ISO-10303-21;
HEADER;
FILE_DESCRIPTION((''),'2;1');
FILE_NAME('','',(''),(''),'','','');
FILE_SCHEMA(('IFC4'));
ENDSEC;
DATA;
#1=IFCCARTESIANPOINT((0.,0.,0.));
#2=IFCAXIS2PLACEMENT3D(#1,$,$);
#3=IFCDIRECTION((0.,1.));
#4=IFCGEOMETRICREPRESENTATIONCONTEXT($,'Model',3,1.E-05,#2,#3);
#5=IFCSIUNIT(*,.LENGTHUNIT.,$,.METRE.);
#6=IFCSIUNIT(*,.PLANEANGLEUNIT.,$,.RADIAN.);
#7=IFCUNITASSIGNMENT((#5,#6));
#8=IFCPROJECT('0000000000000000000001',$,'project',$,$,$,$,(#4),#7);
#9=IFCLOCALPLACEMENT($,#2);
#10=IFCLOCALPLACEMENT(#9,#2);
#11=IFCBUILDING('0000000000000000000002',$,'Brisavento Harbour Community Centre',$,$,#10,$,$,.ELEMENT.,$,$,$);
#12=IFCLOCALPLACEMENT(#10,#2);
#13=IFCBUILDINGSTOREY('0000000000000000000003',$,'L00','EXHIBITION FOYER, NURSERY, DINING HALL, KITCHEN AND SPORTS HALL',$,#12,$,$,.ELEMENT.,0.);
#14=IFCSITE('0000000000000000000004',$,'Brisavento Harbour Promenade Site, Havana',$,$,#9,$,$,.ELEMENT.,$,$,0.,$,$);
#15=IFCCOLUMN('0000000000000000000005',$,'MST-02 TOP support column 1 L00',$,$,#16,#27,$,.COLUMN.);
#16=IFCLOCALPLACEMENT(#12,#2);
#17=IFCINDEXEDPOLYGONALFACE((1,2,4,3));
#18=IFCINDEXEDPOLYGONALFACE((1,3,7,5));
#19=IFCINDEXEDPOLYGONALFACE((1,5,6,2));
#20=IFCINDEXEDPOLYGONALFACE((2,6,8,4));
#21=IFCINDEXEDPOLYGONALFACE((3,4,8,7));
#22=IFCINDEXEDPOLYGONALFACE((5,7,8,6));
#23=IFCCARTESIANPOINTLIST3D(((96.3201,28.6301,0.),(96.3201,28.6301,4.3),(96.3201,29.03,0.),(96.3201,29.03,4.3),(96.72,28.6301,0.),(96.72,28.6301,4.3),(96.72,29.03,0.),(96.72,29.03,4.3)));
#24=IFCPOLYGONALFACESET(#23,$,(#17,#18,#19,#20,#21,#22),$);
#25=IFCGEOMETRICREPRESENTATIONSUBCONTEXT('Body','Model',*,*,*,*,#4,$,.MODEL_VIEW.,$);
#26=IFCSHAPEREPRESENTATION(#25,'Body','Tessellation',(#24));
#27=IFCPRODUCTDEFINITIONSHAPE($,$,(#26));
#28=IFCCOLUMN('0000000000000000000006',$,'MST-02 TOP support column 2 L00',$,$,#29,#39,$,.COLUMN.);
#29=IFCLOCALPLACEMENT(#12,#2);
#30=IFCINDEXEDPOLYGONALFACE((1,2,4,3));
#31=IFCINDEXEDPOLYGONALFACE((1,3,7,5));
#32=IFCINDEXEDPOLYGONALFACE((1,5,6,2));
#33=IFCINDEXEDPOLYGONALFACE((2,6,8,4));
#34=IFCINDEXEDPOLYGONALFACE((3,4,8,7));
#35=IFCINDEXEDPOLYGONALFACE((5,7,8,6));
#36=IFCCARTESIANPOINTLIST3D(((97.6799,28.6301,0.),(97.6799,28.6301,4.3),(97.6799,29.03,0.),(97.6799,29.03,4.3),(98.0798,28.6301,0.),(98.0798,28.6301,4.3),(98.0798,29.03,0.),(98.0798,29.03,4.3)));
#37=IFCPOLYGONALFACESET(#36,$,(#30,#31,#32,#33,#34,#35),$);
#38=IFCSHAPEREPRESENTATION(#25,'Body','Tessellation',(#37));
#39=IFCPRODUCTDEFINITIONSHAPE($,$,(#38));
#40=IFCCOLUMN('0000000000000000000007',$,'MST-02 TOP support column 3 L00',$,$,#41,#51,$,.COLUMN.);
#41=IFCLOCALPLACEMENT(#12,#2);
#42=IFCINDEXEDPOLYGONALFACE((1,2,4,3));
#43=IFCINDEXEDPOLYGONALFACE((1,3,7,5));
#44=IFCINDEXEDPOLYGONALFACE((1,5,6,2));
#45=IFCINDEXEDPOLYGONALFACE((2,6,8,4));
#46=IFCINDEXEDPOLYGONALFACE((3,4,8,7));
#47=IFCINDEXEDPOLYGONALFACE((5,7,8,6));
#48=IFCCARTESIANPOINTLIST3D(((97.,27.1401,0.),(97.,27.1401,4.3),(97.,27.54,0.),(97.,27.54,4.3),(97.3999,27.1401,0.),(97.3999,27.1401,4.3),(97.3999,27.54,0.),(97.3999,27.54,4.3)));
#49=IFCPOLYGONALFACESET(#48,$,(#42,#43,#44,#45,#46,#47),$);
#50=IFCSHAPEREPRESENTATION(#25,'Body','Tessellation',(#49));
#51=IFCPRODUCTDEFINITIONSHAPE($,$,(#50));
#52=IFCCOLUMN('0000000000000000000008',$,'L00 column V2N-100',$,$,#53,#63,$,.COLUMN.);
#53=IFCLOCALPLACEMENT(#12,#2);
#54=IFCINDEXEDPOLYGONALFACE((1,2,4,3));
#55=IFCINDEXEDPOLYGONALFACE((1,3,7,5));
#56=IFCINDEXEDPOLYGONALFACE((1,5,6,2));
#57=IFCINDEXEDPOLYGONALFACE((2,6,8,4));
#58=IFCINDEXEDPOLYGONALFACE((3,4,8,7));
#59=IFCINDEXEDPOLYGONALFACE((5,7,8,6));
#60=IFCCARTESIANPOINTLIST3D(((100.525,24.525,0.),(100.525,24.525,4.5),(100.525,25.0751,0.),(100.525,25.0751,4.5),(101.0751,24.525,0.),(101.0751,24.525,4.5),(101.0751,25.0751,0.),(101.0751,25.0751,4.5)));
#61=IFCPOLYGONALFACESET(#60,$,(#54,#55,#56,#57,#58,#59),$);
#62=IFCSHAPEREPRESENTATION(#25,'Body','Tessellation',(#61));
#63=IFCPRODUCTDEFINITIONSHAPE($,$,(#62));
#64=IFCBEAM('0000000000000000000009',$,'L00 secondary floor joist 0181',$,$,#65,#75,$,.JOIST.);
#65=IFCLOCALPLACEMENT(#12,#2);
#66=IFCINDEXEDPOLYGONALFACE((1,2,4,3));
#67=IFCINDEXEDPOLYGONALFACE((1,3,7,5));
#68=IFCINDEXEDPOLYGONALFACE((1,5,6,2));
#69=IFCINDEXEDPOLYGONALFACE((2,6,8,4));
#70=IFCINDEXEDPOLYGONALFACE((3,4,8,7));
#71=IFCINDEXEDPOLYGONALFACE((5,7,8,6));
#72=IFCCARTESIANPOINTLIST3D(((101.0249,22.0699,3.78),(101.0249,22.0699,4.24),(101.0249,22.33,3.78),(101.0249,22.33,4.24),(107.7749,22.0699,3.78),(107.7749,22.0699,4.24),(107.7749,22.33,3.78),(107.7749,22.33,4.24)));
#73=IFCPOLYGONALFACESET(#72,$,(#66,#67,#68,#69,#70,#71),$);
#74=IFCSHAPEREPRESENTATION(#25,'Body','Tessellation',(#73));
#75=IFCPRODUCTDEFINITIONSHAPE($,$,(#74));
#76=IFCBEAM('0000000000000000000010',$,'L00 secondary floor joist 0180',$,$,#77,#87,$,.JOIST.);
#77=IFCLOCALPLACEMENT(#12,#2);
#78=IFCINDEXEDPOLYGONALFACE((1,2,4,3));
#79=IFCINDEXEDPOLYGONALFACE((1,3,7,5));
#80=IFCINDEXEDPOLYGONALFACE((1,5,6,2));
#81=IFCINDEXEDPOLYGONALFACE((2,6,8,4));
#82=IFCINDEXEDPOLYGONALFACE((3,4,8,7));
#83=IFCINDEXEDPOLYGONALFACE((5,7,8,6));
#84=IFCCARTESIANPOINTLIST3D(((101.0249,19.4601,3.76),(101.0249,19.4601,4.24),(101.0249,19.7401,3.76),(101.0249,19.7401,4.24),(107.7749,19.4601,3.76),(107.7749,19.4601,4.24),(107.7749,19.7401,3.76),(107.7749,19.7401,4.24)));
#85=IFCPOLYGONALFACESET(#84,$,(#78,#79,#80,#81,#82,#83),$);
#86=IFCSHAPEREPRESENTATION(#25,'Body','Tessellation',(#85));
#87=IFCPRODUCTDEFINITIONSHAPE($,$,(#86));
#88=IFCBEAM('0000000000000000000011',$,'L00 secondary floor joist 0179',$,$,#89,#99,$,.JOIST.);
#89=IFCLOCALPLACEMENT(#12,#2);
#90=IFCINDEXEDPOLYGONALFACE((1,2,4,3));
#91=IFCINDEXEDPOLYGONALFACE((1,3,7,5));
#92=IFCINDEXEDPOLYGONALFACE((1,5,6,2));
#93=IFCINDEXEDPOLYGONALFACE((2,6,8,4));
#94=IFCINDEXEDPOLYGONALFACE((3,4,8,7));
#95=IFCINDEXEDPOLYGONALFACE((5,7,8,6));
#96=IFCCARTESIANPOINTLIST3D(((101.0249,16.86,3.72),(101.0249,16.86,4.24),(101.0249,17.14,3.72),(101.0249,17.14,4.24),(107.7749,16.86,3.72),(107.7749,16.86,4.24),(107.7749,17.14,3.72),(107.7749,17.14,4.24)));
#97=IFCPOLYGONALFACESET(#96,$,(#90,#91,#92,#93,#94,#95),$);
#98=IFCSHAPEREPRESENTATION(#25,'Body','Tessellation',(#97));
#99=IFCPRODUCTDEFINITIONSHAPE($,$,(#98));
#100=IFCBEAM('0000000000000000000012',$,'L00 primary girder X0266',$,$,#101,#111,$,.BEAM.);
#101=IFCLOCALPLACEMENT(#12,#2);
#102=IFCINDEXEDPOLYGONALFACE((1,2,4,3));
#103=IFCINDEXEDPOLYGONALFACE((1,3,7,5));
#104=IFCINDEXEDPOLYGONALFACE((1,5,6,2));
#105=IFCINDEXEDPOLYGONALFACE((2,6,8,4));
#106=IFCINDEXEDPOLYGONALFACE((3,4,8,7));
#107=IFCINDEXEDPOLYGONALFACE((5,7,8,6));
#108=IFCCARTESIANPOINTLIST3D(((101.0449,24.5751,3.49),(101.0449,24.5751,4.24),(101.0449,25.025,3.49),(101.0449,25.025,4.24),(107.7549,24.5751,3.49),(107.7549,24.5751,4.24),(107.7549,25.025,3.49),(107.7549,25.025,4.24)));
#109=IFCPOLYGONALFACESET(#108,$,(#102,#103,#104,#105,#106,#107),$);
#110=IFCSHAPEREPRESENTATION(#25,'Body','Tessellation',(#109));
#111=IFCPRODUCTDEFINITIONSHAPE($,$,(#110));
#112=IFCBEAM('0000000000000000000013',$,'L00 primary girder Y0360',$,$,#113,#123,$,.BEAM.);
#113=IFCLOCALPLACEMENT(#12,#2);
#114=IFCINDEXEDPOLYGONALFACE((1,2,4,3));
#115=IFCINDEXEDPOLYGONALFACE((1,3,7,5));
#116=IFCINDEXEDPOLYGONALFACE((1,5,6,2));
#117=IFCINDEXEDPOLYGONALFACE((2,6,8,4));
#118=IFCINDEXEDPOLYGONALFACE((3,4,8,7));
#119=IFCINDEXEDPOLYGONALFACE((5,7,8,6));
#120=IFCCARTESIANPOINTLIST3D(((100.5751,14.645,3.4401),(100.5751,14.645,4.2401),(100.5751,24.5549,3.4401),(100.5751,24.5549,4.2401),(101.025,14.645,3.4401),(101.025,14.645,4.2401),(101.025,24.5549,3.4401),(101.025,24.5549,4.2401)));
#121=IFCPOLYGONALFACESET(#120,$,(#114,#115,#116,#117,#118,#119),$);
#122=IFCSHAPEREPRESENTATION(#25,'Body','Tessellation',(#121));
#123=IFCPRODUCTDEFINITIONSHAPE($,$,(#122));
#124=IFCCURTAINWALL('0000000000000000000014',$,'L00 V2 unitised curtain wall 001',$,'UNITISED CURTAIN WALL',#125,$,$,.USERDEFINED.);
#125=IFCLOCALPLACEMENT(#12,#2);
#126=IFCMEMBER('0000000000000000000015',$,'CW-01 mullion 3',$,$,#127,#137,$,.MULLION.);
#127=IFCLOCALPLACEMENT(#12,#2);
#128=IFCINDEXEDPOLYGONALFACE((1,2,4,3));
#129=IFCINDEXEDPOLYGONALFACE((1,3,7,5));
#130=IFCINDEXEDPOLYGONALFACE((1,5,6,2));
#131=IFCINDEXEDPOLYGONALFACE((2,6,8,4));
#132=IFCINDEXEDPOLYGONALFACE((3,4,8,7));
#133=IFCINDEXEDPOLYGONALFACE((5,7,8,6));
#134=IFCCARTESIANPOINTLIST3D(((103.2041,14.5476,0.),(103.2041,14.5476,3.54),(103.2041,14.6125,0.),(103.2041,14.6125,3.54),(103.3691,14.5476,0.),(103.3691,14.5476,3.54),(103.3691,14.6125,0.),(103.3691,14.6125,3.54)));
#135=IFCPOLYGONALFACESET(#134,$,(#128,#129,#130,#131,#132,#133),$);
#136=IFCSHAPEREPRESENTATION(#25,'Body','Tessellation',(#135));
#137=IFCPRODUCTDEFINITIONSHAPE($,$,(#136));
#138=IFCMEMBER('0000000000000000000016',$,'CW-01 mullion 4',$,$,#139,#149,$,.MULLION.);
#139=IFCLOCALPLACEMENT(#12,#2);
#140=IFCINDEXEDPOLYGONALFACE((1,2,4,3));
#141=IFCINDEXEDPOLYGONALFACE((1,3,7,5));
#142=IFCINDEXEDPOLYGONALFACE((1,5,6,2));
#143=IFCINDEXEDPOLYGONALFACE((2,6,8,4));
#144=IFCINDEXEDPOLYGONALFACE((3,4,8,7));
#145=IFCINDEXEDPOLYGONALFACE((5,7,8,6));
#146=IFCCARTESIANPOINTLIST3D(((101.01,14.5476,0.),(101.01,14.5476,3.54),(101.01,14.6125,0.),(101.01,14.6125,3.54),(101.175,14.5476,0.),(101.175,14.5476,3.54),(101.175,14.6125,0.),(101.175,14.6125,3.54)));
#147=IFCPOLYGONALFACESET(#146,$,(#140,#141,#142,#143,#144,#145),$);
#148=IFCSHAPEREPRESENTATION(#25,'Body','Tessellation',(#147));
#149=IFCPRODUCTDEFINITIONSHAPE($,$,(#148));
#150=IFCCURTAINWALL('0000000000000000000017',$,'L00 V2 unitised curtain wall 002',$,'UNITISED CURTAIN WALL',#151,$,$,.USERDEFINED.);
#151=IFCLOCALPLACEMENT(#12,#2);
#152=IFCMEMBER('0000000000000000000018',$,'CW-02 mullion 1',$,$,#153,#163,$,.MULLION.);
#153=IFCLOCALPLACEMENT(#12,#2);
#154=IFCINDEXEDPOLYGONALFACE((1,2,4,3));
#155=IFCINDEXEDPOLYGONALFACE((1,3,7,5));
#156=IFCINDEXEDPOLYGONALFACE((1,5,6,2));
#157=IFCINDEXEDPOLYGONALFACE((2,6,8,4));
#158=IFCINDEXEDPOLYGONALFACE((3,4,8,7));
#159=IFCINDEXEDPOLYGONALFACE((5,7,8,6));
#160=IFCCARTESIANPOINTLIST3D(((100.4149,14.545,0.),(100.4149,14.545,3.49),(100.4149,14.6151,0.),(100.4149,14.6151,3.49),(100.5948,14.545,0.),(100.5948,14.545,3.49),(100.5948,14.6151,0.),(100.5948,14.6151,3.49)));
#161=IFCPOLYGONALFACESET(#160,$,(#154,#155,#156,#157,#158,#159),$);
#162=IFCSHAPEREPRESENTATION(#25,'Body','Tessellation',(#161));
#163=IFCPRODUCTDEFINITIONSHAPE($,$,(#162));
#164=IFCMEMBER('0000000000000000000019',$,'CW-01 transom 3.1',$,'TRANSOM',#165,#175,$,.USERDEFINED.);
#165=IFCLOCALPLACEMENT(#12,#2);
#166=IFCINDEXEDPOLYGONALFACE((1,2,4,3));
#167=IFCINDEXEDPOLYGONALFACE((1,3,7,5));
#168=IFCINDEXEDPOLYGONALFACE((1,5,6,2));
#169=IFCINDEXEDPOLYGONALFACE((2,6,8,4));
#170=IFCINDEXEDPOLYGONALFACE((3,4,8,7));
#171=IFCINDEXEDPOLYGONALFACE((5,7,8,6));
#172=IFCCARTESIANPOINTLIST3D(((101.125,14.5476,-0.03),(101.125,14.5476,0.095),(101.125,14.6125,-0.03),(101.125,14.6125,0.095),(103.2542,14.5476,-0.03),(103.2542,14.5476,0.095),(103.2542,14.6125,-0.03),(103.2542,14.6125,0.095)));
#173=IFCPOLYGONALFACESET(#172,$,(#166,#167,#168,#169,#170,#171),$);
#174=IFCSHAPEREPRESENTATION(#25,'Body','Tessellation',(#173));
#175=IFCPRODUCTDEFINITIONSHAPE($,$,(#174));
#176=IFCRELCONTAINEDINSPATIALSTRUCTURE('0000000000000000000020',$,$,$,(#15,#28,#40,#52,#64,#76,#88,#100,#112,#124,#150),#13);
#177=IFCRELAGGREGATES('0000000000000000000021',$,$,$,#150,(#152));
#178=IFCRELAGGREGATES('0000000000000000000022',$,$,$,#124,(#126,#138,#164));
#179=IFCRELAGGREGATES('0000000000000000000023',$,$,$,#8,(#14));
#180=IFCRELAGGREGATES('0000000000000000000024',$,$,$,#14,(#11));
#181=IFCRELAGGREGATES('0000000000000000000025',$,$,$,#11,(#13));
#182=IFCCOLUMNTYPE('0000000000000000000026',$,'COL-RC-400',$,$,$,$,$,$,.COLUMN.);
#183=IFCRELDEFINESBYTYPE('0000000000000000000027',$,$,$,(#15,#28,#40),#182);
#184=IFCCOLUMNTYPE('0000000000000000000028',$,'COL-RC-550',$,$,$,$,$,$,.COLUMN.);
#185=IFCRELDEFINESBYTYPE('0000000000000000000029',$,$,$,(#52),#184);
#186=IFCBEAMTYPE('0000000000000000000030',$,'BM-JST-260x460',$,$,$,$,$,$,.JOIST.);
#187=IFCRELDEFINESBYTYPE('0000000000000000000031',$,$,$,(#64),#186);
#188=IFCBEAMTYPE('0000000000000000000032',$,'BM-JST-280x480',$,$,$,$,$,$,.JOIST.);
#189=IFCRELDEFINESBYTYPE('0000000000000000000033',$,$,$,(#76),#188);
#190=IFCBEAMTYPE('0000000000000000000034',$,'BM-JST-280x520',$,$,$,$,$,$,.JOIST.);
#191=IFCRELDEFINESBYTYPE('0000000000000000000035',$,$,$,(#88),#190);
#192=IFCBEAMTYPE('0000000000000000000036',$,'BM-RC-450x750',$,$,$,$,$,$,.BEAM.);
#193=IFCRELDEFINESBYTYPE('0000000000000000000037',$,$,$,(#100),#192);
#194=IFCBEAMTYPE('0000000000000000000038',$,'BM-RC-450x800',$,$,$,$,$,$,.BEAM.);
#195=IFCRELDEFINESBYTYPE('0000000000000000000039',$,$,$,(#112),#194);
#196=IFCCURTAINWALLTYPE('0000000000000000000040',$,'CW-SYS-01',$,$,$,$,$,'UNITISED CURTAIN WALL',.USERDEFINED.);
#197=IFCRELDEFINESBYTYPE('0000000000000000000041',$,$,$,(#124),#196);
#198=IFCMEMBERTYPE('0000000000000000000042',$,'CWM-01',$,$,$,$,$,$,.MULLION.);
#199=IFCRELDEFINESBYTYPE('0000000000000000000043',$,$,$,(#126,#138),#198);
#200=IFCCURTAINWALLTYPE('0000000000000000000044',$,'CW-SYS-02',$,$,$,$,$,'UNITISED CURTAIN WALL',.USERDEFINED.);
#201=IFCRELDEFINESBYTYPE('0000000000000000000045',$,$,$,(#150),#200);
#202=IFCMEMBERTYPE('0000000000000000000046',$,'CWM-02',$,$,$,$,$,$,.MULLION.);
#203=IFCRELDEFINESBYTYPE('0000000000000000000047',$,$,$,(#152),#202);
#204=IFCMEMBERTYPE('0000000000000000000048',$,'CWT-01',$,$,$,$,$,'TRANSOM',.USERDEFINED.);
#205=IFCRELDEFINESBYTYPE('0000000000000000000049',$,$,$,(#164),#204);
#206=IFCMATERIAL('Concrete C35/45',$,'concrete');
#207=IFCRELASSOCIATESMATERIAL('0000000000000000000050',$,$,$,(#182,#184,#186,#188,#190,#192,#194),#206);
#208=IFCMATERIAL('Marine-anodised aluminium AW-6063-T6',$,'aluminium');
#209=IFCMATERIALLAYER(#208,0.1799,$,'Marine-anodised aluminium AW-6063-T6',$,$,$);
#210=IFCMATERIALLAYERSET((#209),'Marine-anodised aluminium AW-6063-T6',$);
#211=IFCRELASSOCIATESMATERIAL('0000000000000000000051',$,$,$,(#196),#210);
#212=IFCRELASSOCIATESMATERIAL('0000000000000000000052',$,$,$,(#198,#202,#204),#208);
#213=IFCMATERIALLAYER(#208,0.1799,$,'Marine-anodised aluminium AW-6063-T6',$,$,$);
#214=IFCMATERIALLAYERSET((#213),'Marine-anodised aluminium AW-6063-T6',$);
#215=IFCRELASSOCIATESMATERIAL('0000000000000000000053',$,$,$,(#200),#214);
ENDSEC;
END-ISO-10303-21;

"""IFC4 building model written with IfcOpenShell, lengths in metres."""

from ifc_helpers import new_model, si_unit, direction, frame, origin, origin_2d, place, context, subcontext, project, spatial, rectangle, extrude, material, layer, layer_set, material_profile, profile_set, type_object, element, aggregate, save


model = new_model("IFC4")

# Units and contexts
model_context = context("Model", 3, precision=1e-05, world=origin(), true_north=direction((0.0, 1.0)))
body_context = subcontext(model_context, "Body", "Model", "MODEL_VIEW")
ifc_project = project(units=[si_unit("LENGTHUNIT", "METRE"), si_unit("PLANEANGLEUNIT", "RADIAN")], contexts=[model_context])

# Site, building, storey
site_placement = place(None, origin())
site = spatial("IfcSite", under=ifc_project, at=site_placement, Name="Brisavento Harbour Promenade Site, Havana", CompositionType="ELEMENT", RefElevation=0.0)
building_placement = place(site_placement, origin())
building = spatial("IfcBuilding", under=site, at=building_placement, Name="Brisavento Harbour Community Centre", CompositionType="ELEMENT")
storey_placement = place(building_placement, origin())
storey = spatial("IfcBuildingStorey", under=building, at=storey_placement, Name="L00", Description="EXHIBITION FOYER, NURSERY, DINING HALL, KITCHEN AND SPORTS HALL", CompositionType="ELEMENT", Elevation=0.0)

# Columns
ifc_material_1 = material(Name="Concrete C35/45", Category="concrete")
ifc_material_profile_1 = material_profile(ifc_material_1, rectangle(XDim=0.3999, YDim=0.3999, at=origin_2d()), Name="Concrete C35/45")
ifc_profile_set_1 = profile_set([ifc_material_profile_1], Name="Concrete C35/45")
column_type_1 = type_object("IfcColumnType", Name="COL-RC-400", PredefinedType="COLUMN", material=ifc_profile_set_1)
for number, where, z_axis, x_axis, name in (
    (1, (96.52, 28.8301, 0.0), (0.0, 0.0, 1.0), (1.0, 0.0, 0.0), "MST-02 TOP support column 1 L00"),
    (2, (97.8799, 28.8301, 0.0), (0.0, 0.0, 1.0), (1.0, 0.0, 0.0), "MST-02 TOP support column 2 L00"),
    (3, (97.2, 27.3401, 0.0), (0.0, 0.0, 1.0), (1.0, 0.0, 0.0), "MST-02 TOP support column 3 L00"),
):
    element("IfcColumn", number, at=place(storey_placement, frame(where, z_axis=z_axis, x_axis=x_axis)), inside=storey, type_object=column_type_1, Name=name, PredefinedType="COLUMN", context=body_context, shape_type="SweptSolid", body=[
        extrude(rectangle(XDim=0.3999, YDim=0.3999, at=origin_2d()), origin(), (0.0, 0.0, 1.0), 4.3),
    ])
ifc_material_profile_2 = material_profile(ifc_material_1, rectangle(XDim=0.55, YDim=0.55, at=origin_2d()), Name="Concrete C35/45")
ifc_profile_set_2 = profile_set([ifc_material_profile_2], Name="Concrete C35/45")
column_type_2 = type_object("IfcColumnType", Name="COL-RC-550", PredefinedType="COLUMN", material=ifc_profile_set_2)
column_placement = place(storey_placement, frame((100.8, 24.8, 0.0), z_axis=(0.0, 0.0, 1.0), x_axis=(1.0, 0.0, 0.0)))
element("IfcColumn", 4, at=column_placement, inside=storey, type_object=column_type_2, Name="L00 column V2N-100", PredefinedType="COLUMN", context=body_context, shape_type="SweptSolid", body=[
    extrude(rectangle(XDim=0.55, YDim=0.55, at=origin_2d()), origin(), (0.0, 0.0, 1.0), 4.5),
])

# Beams
ifc_material_profile_3 = material_profile(ifc_material_1, rectangle(XDim=0.26, YDim=0.46, at=origin_2d()), Name="Concrete C35/45")
ifc_profile_set_3 = profile_set([ifc_material_profile_3], Name="Concrete C35/45")
beam_type_1 = type_object("IfcBeamType", Name="BM-JST-260x460", PredefinedType="JOIST", material=ifc_profile_set_3)
beam_1_placement = place(storey_placement, frame((101.0249, 22.2, 4.01), z_axis=(1.0, 0.0, 0.0), x_axis=(0.0, 1.0, 0.0)))
element("IfcBeam", 5, at=beam_1_placement, inside=storey, type_object=beam_type_1, Name="L00 secondary floor joist 0181", PredefinedType="JOIST", context=body_context, shape_type="SweptSolid", body=[
    extrude(rectangle(XDim=0.26, YDim=0.46, at=origin_2d()), origin(), (0.0, 0.0, 1.0), 6.75),
])
ifc_material_profile_4 = material_profile(ifc_material_1, rectangle(XDim=0.28, YDim=0.48, at=origin_2d()), Name="Concrete C35/45")
ifc_profile_set_4 = profile_set([ifc_material_profile_4], Name="Concrete C35/45")
beam_type_2 = type_object("IfcBeamType", Name="BM-JST-280x480", PredefinedType="JOIST", material=ifc_profile_set_4)
beam_2_placement = place(storey_placement, frame((101.0249, 19.6001, 4.0), z_axis=(1.0, 0.0, 0.0), x_axis=(0.0, 1.0, 0.0)))
element("IfcBeam", 6, at=beam_2_placement, inside=storey, type_object=beam_type_2, Name="L00 secondary floor joist 0180", PredefinedType="JOIST", context=body_context, shape_type="SweptSolid", body=[
    extrude(rectangle(XDim=0.28, YDim=0.48, at=origin_2d()), origin(), (0.0, 0.0, 1.0), 6.75),
])
ifc_material_profile_5 = material_profile(ifc_material_1, rectangle(XDim=0.28, YDim=0.52, at=origin_2d()), Name="Concrete C35/45")
ifc_profile_set_5 = profile_set([ifc_material_profile_5], Name="Concrete C35/45")
beam_type_3 = type_object("IfcBeamType", Name="BM-JST-280x520", PredefinedType="JOIST", material=ifc_profile_set_5)
beam_3_placement = place(storey_placement, frame((101.0249, 17.0, 3.98), z_axis=(1.0, 0.0, 0.0), x_axis=(0.0, 1.0, 0.0)))
element("IfcBeam", 7, at=beam_3_placement, inside=storey, type_object=beam_type_3, Name="L00 secondary floor joist 0179", PredefinedType="JOIST", context=body_context, shape_type="SweptSolid", body=[
    extrude(rectangle(XDim=0.28, YDim=0.52, at=origin_2d()), origin(), (0.0, 0.0, 1.0), 6.75),
])
ifc_material_profile_6 = material_profile(ifc_material_1, rectangle(XDim=0.45, YDim=0.75, at=origin_2d()), Name="Concrete C35/45")
ifc_profile_set_6 = profile_set([ifc_material_profile_6], Name="Concrete C35/45")
beam_type_4 = type_object("IfcBeamType", Name="BM-RC-450x750", PredefinedType="BEAM", material=ifc_profile_set_6)
beam_4_placement = place(storey_placement, frame((101.0449, 24.8, 3.865), z_axis=(1.0, 0.0, 0.0), x_axis=(0.0, 1.0, 0.0)))
element("IfcBeam", 8, at=beam_4_placement, inside=storey, type_object=beam_type_4, Name="L00 primary girder X0266", PredefinedType="BEAM", context=body_context, shape_type="SweptSolid", body=[
    extrude(rectangle(XDim=0.45, YDim=0.75, at=origin_2d()), origin(), (0.0, 0.0, 1.0), 6.71),
])
ifc_material_profile_7 = material_profile(ifc_material_1, rectangle(XDim=0.45, YDim=0.8, at=origin_2d()), Name="Concrete C35/45")
ifc_profile_set_7 = profile_set([ifc_material_profile_7], Name="Concrete C35/45")
beam_type_5 = type_object("IfcBeamType", Name="BM-RC-450x800", PredefinedType="BEAM", material=ifc_profile_set_7)
beam_5_placement = place(storey_placement, frame((100.8, 14.645, 3.8401), z_axis=(0.0, 1.0, 0.0), x_axis=(-1.0, 0.0, 0.0)))
element("IfcBeam", 9, at=beam_5_placement, inside=storey, type_object=beam_type_5, Name="L00 primary girder Y0360", PredefinedType="BEAM", context=body_context, shape_type="SweptSolid", body=[
    extrude(rectangle(XDim=0.45, YDim=0.8, at=origin_2d()), origin(), (0.0, 0.0, 1.0), 9.9099),
])

# Curtain wall, members
ifc_material_2 = material(Name="Marine-anodised aluminium AW-6063-T6", Category="aluminium")
ifc_layer_1 = layer(ifc_material_2, 0.1799, Name="Marine-anodised aluminium AW-6063-T6")
ifc_layer_set_1 = layer_set([ifc_layer_1], Name="Marine-anodised aluminium AW-6063-T6")
curtain_wall_type_1 = type_object("IfcCurtainWallType", Name="CW-SYS-01", ElementType="UNITISED CURTAIN WALL", PredefinedType="USERDEFINED", material=ifc_layer_set_1)
curtain_wall_1_placement = place(storey_placement, origin())
curtain_wall_1 = element("IfcCurtainWall", 10, at=curtain_wall_1_placement, inside=storey, type_object=curtain_wall_type_1, Name="L00 V2 unitised curtain wall 001", ObjectType="UNITISED CURTAIN WALL", PredefinedType="USERDEFINED")
ifc_material_profile_8 = material_profile(ifc_material_2, rectangle(XDim=0.0649, YDim=0.165, at=origin_2d()), Name="Marine-anodised aluminium AW-6063-T6")
ifc_profile_set_8 = profile_set([ifc_material_profile_8], Name="Marine-anodised aluminium AW-6063-T6")
member_type_1 = type_object("IfcMemberType", Name="CWM-01", PredefinedType="MULLION", material=ifc_profile_set_8)
member_1_placement = place(storey_placement, frame((103.2866, 14.5801, 0.0), z_axis=(0.0, 0.0, 1.0), x_axis=(0.0, -1.0, 0.0)))
member_1 = element("IfcMember", 11, at=member_1_placement, type_object=member_type_1, Name="CW-01 mullion 3", PredefinedType="MULLION", context=body_context, shape_type="SweptSolid", body=[
    extrude(rectangle(XDim=0.0649, YDim=0.165, at=origin_2d()), origin(), (0.0, 0.0, 1.0), 3.54),
])
member_2_placement = place(storey_placement, frame((101.0925, 14.5801, 0.0), z_axis=(0.0, 0.0, 1.0), x_axis=(0.0, -1.0, 0.0)))
member_2 = element("IfcMember", 12, at=member_2_placement, type_object=member_type_1, Name="CW-01 mullion 4", PredefinedType="MULLION", context=body_context, shape_type="SweptSolid", body=[
    extrude(rectangle(XDim=0.0649, YDim=0.165, at=origin_2d()), origin(), (0.0, 0.0, 1.0), 3.54),
])

# Curtain wall, member
ifc_layer_2 = layer(ifc_material_2, 0.1799, Name="Marine-anodised aluminium AW-6063-T6")
ifc_layer_set_2 = layer_set([ifc_layer_2], Name="Marine-anodised aluminium AW-6063-T6")
curtain_wall_type_2 = type_object("IfcCurtainWallType", Name="CW-SYS-02", ElementType="UNITISED CURTAIN WALL", PredefinedType="USERDEFINED", material=ifc_layer_set_2)
curtain_wall_2_placement = place(storey_placement, origin())
curtain_wall_2 = element("IfcCurtainWall", 13, at=curtain_wall_2_placement, inside=storey, type_object=curtain_wall_type_2, Name="L00 V2 unitised curtain wall 002", ObjectType="UNITISED CURTAIN WALL", PredefinedType="USERDEFINED")
ifc_material_profile_9 = material_profile(ifc_material_2, rectangle(XDim=0.0701, YDim=0.1799, at=origin_2d()), Name="Marine-anodised aluminium AW-6063-T6")
ifc_profile_set_9 = profile_set([ifc_material_profile_9], Name="Marine-anodised aluminium AW-6063-T6")
member_type_2 = type_object("IfcMemberType", Name="CWM-02", PredefinedType="MULLION", material=ifc_profile_set_9)
member_3_placement = place(storey_placement, frame((100.5049, 14.5801, 0.0), z_axis=(0.0, 0.0, 1.0), x_axis=(0.0, -1.0, 0.0)))
member_3 = element("IfcMember", 14, at=member_3_placement, type_object=member_type_2, Name="CW-02 mullion 1", PredefinedType="MULLION", context=body_context, shape_type="SweptSolid", body=[
    extrude(rectangle(XDim=0.0701, YDim=0.1799, at=origin_2d()), origin(), (0.0, 0.0, 1.0), 3.49),
])

# Member
ifc_material_profile_10 = material_profile(ifc_material_2, rectangle(XDim=0.0649, YDim=0.125, at=origin_2d()), Name="Marine-anodised aluminium AW-6063-T6")
ifc_profile_set_10 = profile_set([ifc_material_profile_10], Name="Marine-anodised aluminium AW-6063-T6")
member_type_3 = type_object("IfcMemberType", Name="CWT-01", ElementType="TRANSOM", PredefinedType="USERDEFINED", material=ifc_profile_set_10)
member_4_placement = place(storey_placement, frame((103.2542, 14.5801, 0.0325), z_axis=(-1.0, 0.0, 0.0), x_axis=(0.0, -1.0, 0.0)))
member_4 = element("IfcMember", 15, at=member_4_placement, type_object=member_type_3, Name="CW-01 transom 3.1", ObjectType="TRANSOM", PredefinedType="USERDEFINED", context=body_context, shape_type="SweptSolid", body=[
    extrude(rectangle(XDim=0.0649, YDim=0.125, at=origin_2d()), origin(), (0.0, 0.0, 1.0), 2.1292),
])
aggregate(curtain_wall_2, [member_3])

aggregate(curtain_wall_1, [member_1, member_2, member_4])

save(model, "model.ifc")
